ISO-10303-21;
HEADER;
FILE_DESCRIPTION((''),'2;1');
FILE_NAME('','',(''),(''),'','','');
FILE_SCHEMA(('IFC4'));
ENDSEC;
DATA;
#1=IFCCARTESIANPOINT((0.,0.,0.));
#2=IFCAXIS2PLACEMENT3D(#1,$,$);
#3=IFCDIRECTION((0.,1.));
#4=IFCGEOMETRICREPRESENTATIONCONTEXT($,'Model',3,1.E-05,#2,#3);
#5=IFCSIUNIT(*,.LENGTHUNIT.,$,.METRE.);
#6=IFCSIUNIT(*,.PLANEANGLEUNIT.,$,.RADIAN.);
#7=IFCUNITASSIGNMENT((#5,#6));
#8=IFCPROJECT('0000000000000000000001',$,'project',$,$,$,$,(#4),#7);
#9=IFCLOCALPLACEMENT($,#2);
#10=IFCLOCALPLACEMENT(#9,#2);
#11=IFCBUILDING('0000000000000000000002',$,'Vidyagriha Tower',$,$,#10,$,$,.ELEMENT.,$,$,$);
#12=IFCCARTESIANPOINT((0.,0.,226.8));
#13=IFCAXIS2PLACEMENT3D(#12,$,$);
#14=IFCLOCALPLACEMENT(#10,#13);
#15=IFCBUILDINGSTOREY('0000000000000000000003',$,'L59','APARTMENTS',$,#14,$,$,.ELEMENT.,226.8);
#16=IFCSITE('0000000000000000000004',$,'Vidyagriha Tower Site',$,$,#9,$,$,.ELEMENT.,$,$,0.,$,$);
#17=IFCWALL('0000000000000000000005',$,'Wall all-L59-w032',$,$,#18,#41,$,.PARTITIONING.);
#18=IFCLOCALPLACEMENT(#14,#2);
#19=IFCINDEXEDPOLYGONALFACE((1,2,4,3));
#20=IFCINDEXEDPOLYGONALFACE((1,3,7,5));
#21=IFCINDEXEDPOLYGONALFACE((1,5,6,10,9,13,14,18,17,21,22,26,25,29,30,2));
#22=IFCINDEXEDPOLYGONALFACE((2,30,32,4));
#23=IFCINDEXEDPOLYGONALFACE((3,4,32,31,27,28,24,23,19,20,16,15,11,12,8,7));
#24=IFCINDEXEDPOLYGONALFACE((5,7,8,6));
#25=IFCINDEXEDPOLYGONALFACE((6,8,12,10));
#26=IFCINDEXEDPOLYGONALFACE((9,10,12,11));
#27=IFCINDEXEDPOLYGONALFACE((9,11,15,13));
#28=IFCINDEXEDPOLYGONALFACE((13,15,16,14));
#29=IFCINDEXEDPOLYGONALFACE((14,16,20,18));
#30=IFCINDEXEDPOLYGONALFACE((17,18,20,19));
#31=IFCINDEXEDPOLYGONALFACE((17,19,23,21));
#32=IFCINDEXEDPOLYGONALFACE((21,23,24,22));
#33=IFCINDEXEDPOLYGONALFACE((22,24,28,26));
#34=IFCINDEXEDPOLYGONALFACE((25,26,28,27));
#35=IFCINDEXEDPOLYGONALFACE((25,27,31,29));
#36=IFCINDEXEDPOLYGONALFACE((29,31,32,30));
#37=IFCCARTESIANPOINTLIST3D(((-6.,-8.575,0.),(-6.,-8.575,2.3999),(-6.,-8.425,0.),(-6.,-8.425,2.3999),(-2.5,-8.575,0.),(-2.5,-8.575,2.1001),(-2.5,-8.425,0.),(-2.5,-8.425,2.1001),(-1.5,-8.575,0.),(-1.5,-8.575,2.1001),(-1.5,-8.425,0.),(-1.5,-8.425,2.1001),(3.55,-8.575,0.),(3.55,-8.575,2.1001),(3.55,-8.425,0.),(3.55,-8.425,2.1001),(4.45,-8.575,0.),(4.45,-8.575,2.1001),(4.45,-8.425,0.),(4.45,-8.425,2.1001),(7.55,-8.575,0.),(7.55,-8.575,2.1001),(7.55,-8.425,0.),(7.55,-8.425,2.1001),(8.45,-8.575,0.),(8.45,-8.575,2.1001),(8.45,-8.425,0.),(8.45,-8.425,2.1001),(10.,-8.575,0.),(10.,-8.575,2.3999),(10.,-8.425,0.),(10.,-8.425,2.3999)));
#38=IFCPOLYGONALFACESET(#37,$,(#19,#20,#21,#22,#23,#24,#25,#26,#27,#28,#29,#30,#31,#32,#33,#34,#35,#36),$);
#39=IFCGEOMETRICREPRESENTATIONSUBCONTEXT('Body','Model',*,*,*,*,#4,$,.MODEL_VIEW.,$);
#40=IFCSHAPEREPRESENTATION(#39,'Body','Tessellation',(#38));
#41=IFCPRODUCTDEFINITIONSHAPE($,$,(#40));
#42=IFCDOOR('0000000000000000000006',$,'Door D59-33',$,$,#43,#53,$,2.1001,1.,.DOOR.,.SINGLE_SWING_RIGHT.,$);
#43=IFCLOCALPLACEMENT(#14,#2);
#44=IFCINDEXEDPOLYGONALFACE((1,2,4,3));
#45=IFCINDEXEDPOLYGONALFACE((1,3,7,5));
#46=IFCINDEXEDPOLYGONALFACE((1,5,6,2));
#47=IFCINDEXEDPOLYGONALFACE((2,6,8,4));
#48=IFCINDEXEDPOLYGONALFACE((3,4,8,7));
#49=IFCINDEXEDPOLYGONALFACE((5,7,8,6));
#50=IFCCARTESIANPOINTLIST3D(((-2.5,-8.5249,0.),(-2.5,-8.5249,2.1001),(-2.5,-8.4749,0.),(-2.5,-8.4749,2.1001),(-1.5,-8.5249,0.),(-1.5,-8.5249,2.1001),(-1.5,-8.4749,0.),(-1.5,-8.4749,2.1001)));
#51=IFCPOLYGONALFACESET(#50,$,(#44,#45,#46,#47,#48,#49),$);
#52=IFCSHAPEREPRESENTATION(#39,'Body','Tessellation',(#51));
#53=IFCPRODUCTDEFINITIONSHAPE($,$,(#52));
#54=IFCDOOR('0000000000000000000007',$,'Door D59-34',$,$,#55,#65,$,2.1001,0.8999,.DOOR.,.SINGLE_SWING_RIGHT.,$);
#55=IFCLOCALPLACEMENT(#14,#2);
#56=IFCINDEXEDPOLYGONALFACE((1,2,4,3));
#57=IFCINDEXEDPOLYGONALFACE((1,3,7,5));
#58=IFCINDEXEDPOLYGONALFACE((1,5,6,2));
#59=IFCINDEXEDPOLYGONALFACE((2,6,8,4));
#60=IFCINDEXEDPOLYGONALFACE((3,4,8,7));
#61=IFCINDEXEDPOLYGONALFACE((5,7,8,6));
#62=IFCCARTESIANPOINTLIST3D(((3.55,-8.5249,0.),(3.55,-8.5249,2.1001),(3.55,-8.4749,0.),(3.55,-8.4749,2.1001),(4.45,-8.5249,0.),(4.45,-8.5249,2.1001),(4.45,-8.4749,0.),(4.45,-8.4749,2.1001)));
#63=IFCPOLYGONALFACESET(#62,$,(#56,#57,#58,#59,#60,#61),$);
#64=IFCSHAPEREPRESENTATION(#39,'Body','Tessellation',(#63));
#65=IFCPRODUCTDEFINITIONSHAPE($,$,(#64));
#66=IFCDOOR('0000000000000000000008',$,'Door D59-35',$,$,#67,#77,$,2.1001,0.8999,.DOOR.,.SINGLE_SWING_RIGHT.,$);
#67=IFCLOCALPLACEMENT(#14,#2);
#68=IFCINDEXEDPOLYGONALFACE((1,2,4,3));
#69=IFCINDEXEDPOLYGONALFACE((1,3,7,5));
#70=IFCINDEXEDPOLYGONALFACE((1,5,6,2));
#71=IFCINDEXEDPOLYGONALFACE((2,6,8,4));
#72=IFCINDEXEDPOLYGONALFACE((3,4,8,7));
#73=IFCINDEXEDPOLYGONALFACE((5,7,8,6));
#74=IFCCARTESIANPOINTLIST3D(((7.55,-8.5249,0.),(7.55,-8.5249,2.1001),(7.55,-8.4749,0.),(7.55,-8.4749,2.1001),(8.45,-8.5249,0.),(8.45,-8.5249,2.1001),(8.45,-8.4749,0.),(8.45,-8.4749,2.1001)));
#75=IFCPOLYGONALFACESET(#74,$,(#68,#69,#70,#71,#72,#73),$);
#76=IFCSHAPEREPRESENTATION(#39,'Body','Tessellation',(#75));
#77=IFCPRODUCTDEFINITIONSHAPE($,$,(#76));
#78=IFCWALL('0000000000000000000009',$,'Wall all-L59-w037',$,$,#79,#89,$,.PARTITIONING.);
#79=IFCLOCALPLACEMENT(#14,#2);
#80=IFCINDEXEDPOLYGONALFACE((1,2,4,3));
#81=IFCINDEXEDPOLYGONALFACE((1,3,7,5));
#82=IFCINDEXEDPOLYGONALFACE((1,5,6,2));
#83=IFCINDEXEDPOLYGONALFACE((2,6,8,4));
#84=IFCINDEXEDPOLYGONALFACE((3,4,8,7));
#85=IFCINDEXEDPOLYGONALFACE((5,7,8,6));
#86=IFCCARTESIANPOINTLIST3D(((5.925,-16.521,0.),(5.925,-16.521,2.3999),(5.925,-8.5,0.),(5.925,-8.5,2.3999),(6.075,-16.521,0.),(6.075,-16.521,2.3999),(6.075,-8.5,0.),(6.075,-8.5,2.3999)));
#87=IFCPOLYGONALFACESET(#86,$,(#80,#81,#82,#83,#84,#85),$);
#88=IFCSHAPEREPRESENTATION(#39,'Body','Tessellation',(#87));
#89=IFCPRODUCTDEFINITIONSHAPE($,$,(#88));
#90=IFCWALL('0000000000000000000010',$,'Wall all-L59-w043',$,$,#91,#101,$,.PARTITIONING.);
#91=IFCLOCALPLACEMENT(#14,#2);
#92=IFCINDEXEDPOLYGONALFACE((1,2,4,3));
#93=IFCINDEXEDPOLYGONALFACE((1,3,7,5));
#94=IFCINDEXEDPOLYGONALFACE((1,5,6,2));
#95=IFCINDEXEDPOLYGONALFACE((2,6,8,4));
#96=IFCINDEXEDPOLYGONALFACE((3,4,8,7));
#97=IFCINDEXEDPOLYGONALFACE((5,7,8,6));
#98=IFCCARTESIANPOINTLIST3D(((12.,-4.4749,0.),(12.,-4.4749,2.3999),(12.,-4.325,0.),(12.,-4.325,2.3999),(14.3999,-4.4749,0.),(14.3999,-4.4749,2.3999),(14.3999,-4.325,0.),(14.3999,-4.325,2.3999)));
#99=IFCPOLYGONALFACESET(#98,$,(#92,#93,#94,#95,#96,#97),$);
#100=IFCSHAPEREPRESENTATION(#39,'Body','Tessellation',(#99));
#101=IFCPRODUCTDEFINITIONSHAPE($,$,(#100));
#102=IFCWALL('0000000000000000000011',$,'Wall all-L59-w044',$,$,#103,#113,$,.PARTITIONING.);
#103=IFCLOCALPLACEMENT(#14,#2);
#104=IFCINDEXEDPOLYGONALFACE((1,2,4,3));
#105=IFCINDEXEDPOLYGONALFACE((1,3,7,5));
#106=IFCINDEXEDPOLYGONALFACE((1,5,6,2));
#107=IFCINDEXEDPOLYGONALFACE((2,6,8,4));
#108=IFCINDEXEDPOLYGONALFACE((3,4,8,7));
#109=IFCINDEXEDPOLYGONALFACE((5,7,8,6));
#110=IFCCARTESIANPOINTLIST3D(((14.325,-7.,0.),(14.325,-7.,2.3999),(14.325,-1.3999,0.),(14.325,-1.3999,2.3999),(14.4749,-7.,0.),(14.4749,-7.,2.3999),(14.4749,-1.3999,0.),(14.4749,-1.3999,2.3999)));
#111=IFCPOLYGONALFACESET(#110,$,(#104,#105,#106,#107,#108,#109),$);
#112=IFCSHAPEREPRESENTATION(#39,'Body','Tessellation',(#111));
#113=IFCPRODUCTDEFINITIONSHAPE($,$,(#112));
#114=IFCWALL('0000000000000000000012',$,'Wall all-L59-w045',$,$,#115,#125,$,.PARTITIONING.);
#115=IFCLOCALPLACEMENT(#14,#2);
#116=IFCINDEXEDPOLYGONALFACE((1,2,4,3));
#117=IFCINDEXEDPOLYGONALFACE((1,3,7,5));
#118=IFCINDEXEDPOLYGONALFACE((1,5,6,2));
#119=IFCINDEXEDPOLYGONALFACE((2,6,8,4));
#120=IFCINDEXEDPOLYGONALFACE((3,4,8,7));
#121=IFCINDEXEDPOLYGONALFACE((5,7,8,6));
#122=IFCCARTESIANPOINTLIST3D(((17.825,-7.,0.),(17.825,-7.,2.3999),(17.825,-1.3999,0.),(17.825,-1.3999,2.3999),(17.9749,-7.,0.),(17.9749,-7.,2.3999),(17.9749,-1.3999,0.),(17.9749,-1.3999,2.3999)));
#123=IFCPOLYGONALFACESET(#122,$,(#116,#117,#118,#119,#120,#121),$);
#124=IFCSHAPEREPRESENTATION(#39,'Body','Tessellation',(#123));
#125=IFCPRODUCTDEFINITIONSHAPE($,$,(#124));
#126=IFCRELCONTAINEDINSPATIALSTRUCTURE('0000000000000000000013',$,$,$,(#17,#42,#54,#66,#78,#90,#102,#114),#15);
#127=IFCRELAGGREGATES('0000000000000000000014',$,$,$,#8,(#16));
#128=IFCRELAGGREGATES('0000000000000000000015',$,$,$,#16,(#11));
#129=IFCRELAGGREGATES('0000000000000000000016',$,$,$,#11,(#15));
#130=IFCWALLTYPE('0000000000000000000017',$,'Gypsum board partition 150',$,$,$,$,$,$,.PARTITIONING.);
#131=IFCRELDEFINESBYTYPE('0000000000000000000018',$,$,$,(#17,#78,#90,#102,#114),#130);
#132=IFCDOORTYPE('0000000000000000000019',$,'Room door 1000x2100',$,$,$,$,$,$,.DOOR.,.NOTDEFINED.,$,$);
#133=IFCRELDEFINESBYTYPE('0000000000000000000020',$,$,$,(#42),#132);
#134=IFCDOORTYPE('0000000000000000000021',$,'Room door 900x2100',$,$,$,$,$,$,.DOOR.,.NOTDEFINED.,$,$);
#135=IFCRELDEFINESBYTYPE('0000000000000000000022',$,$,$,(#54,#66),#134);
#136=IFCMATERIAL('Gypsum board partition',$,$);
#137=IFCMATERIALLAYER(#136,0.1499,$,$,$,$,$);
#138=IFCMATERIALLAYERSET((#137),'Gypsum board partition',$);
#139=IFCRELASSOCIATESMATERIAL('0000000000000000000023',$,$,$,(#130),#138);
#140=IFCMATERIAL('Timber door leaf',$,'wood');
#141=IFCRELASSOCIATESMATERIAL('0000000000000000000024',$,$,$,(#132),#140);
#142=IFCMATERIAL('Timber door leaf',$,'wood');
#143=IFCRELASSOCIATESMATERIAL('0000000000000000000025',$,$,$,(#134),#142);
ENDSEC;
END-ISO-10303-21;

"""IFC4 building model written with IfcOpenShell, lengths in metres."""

from ifc_helpers import new_model, si_unit, direction, frame, frame_2d, origin, place, context, subcontext, project, spatial, rectangle, extrude, material, layer, layer_set, type_object, element, fill, save


model = new_model("IFC4")

# Units and contexts
model_context = context("Model", 3, precision=1e-05, world=origin(), true_north=direction((0.0, 1.0)))
body_context = subcontext(model_context, "Body", "Model", "MODEL_VIEW")
ifc_project = project(units=[si_unit("LENGTHUNIT", "METRE"), si_unit("PLANEANGLEUNIT", "RADIAN")], contexts=[model_context])

# Site, building, storey
site_placement = place(None, origin())
site = spatial("IfcSite", under=ifc_project, at=site_placement, Name="Vidyagriha Tower Site", CompositionType="ELEMENT", RefElevation=0.0)
building_placement = place(site_placement, origin())
building = spatial("IfcBuilding", under=site, at=building_placement, Name="Vidyagriha Tower", CompositionType="ELEMENT")
storey_placement = place(building_placement, frame((0.0, 0.0, 226.8)))
storey = spatial("IfcBuildingStorey", under=building, at=storey_placement, Name="L59", Description="APARTMENTS", CompositionType="ELEMENT", Elevation=226.8)

# Wall, openings, doors
ifc_material_1 = material(Name="Gypsum board partition")
ifc_layer_1 = layer(ifc_material_1, 0.1499)
ifc_layer_set_1 = layer_set([ifc_layer_1], Name="Gypsum board partition")
wall_type_1 = type_object("IfcWallType", Name="Gypsum board partition 150", PredefinedType="PARTITIONING", material=ifc_layer_set_1)
wall_1_placement = place(storey_placement, frame((10.0, -8.5, 0.0), z_axis=(0.0, 0.0, 1.0), x_axis=(-1.0, 0.0, 0.0)))
wall_1 = element("IfcWall", 1, at=wall_1_placement, inside=storey, type_object=wall_type_1, Name="Wall all-L59-w032", PredefinedType="PARTITIONING", context=body_context, shape_type="SweptSolid", body=[
    extrude(rectangle(XDim=16.0, YDim=0.1499, at=frame_2d((8.0, 0.0))), origin(), (0.0, 0.0, 1.0), 2.3999),
])
opening_1_placement = place(wall_1_placement, frame((11.5, 0.0, 0.0)))
opening_1 = element("IfcOpeningElement", 2, at=opening_1_placement, cuts=wall_1, PredefinedType="OPENING", context=body_context, shape_type="SweptSolid", body=[
    extrude(rectangle(XDim=1.0, YDim=2.1001, at=frame_2d((0.5, 1.05))), frame((0.0, 0.085, 0.0), z_axis=(0.0, -1.0, 0.0), x_axis=(1.0, 0.0, 0.0)), (0.0, 0.0, 1.0), 0.1699),
])
opening_2_placement = place(wall_1_placement, frame((5.55, 0.0, 0.0)))
opening_2 = element("IfcOpeningElement", 3, at=opening_2_placement, cuts=wall_1, PredefinedType="OPENING", context=body_context, shape_type="SweptSolid", body=[
    extrude(rectangle(XDim=0.8999, YDim=2.1001, at=frame_2d((0.45, 1.05))), frame((0.0, 0.085, 0.0), z_axis=(0.0, -1.0, 0.0), x_axis=(1.0, 0.0, 0.0)), (0.0, 0.0, 1.0), 0.1699),
])
opening_3_placement = place(wall_1_placement, frame((1.55, 0.0, 0.0)))
opening_3 = element("IfcOpeningElement", 4, at=opening_3_placement, cuts=wall_1, PredefinedType="OPENING", context=body_context, shape_type="SweptSolid", body=[
    extrude(rectangle(XDim=0.8999, YDim=2.1001, at=frame_2d((0.45, 1.05))), frame((0.0, 0.085, 0.0), z_axis=(0.0, -1.0, 0.0), x_axis=(1.0, 0.0, 0.0)), (0.0, 0.0, 1.0), 0.1699),
])
ifc_material_2 = material(Name="Timber door leaf", Category="wood")
door_type_1 = type_object("IfcDoorType", Name="Room door 1000x2100", OperationType="NOTDEFINED", PredefinedType="DOOR", material=ifc_material_2)
door_1_placement = place(opening_1_placement, origin())
door_1 = element("IfcDoor", 5, at=door_1_placement, inside=storey, type_object=door_type_1, Name="Door D59-33", OperationType="SINGLE_SWING_RIGHT", OverallHeight=2.1001, OverallWidth=1.0, PredefinedType="DOOR", context=body_context, shape_type="SweptSolid", body=[
    extrude(rectangle(XDim=1.0, YDim=2.1001, at=frame_2d((0.5, 1.05))), frame((0.0, 0.0249, 0.0), z_axis=(0.0, -1.0, 0.0), x_axis=(1.0, 0.0, 0.0)), (0.0, 0.0, 1.0), 0.05),
])
fill(opening_1, door_1)
ifc_material_3 = material(Name="Timber door leaf", Category="wood")
door_type_2 = type_object("IfcDoorType", Name="Room door 900x2100", OperationType="NOTDEFINED", PredefinedType="DOOR", material=ifc_material_3)
door_2_placement = place(opening_2_placement, origin())
door_2 = element("IfcDoor", 6, at=door_2_placement, inside=storey, type_object=door_type_2, Name="Door D59-34", OperationType="SINGLE_SWING_RIGHT", OverallHeight=2.1001, OverallWidth=0.8999, PredefinedType="DOOR", context=body_context, shape_type="SweptSolid", body=[
    extrude(rectangle(XDim=0.8999, YDim=2.1001, at=frame_2d((0.45, 1.05))), frame((0.0, 0.0249, 0.0), z_axis=(0.0, -1.0, 0.0), x_axis=(1.0, 0.0, 0.0)), (0.0, 0.0, 1.0), 0.05),
])
fill(opening_2, door_2)
door_3_placement = place(opening_3_placement, origin())
door_3 = element("IfcDoor", 7, at=door_3_placement, inside=storey, type_object=door_type_2, Name="Door D59-35", OperationType="SINGLE_SWING_RIGHT", OverallHeight=2.1001, OverallWidth=0.8999, PredefinedType="DOOR", context=body_context, shape_type="SweptSolid", body=[
    extrude(rectangle(XDim=0.8999, YDim=2.1001, at=frame_2d((0.45, 1.05))), frame((0.0, 0.0249, 0.0), z_axis=(0.0, -1.0, 0.0), x_axis=(1.0, 0.0, 0.0)), (0.0, 0.0, 1.0), 0.05),
])
fill(opening_3, door_3)

# Walls
wall_2_placement = place(storey_placement, frame((6.0, -8.5, 0.0), z_axis=(0.0, 0.0, 1.0), x_axis=(0.0, -1.0, 0.0)))
element("IfcWall", 8, at=wall_2_placement, inside=storey, type_object=wall_type_1, Name="Wall all-L59-w037", PredefinedType="PARTITIONING", context=body_context, shape_type="SweptSolid", body=[
    extrude(rectangle(XDim=8.021, YDim=0.1499, at=frame_2d((4.0105, 0.0))), origin(), (0.0, 0.0, 1.0), 2.3999),
])
wall_3_placement = place(storey_placement, frame((14.3999, -4.3999, 0.0), z_axis=(0.0, 0.0, 1.0), x_axis=(-1.0, 0.0, 0.0)))
element("IfcWall", 9, at=wall_3_placement, inside=storey, type_object=wall_type_1, Name="Wall all-L59-w043", PredefinedType="PARTITIONING", context=body_context, shape_type="SweptSolid", body=[
    extrude(rectangle(XDim=2.3999, YDim=0.1499, at=frame_2d((1.2, 0.0))), origin(), (0.0, 0.0, 1.0), 2.3999),
])
for number, where, z_axis, x_axis, name in (
    (10, (14.3999, -1.3999, 0.0), (0.0, 0.0, 1.0), (0.0, -1.0, 0.0), "Wall all-L59-w044"),
    (11, (17.8999, -1.3999, 0.0), (0.0, 0.0, 1.0), (0.0, -1.0, 0.0), "Wall all-L59-w045"),
):
    element("IfcWall", number, at=place(storey_placement, frame(where, z_axis=z_axis, x_axis=x_axis)), inside=storey, type_object=wall_type_1, Name=name, PredefinedType="PARTITIONING", context=body_context, shape_type="SweptSolid", body=[
        extrude(rectangle(XDim=5.6001, YDim=0.1499, at=frame_2d((2.8, 0.0))), origin(), (0.0, 0.0, 1.0), 2.3999),
    ])

save(model, "model.ifc")
